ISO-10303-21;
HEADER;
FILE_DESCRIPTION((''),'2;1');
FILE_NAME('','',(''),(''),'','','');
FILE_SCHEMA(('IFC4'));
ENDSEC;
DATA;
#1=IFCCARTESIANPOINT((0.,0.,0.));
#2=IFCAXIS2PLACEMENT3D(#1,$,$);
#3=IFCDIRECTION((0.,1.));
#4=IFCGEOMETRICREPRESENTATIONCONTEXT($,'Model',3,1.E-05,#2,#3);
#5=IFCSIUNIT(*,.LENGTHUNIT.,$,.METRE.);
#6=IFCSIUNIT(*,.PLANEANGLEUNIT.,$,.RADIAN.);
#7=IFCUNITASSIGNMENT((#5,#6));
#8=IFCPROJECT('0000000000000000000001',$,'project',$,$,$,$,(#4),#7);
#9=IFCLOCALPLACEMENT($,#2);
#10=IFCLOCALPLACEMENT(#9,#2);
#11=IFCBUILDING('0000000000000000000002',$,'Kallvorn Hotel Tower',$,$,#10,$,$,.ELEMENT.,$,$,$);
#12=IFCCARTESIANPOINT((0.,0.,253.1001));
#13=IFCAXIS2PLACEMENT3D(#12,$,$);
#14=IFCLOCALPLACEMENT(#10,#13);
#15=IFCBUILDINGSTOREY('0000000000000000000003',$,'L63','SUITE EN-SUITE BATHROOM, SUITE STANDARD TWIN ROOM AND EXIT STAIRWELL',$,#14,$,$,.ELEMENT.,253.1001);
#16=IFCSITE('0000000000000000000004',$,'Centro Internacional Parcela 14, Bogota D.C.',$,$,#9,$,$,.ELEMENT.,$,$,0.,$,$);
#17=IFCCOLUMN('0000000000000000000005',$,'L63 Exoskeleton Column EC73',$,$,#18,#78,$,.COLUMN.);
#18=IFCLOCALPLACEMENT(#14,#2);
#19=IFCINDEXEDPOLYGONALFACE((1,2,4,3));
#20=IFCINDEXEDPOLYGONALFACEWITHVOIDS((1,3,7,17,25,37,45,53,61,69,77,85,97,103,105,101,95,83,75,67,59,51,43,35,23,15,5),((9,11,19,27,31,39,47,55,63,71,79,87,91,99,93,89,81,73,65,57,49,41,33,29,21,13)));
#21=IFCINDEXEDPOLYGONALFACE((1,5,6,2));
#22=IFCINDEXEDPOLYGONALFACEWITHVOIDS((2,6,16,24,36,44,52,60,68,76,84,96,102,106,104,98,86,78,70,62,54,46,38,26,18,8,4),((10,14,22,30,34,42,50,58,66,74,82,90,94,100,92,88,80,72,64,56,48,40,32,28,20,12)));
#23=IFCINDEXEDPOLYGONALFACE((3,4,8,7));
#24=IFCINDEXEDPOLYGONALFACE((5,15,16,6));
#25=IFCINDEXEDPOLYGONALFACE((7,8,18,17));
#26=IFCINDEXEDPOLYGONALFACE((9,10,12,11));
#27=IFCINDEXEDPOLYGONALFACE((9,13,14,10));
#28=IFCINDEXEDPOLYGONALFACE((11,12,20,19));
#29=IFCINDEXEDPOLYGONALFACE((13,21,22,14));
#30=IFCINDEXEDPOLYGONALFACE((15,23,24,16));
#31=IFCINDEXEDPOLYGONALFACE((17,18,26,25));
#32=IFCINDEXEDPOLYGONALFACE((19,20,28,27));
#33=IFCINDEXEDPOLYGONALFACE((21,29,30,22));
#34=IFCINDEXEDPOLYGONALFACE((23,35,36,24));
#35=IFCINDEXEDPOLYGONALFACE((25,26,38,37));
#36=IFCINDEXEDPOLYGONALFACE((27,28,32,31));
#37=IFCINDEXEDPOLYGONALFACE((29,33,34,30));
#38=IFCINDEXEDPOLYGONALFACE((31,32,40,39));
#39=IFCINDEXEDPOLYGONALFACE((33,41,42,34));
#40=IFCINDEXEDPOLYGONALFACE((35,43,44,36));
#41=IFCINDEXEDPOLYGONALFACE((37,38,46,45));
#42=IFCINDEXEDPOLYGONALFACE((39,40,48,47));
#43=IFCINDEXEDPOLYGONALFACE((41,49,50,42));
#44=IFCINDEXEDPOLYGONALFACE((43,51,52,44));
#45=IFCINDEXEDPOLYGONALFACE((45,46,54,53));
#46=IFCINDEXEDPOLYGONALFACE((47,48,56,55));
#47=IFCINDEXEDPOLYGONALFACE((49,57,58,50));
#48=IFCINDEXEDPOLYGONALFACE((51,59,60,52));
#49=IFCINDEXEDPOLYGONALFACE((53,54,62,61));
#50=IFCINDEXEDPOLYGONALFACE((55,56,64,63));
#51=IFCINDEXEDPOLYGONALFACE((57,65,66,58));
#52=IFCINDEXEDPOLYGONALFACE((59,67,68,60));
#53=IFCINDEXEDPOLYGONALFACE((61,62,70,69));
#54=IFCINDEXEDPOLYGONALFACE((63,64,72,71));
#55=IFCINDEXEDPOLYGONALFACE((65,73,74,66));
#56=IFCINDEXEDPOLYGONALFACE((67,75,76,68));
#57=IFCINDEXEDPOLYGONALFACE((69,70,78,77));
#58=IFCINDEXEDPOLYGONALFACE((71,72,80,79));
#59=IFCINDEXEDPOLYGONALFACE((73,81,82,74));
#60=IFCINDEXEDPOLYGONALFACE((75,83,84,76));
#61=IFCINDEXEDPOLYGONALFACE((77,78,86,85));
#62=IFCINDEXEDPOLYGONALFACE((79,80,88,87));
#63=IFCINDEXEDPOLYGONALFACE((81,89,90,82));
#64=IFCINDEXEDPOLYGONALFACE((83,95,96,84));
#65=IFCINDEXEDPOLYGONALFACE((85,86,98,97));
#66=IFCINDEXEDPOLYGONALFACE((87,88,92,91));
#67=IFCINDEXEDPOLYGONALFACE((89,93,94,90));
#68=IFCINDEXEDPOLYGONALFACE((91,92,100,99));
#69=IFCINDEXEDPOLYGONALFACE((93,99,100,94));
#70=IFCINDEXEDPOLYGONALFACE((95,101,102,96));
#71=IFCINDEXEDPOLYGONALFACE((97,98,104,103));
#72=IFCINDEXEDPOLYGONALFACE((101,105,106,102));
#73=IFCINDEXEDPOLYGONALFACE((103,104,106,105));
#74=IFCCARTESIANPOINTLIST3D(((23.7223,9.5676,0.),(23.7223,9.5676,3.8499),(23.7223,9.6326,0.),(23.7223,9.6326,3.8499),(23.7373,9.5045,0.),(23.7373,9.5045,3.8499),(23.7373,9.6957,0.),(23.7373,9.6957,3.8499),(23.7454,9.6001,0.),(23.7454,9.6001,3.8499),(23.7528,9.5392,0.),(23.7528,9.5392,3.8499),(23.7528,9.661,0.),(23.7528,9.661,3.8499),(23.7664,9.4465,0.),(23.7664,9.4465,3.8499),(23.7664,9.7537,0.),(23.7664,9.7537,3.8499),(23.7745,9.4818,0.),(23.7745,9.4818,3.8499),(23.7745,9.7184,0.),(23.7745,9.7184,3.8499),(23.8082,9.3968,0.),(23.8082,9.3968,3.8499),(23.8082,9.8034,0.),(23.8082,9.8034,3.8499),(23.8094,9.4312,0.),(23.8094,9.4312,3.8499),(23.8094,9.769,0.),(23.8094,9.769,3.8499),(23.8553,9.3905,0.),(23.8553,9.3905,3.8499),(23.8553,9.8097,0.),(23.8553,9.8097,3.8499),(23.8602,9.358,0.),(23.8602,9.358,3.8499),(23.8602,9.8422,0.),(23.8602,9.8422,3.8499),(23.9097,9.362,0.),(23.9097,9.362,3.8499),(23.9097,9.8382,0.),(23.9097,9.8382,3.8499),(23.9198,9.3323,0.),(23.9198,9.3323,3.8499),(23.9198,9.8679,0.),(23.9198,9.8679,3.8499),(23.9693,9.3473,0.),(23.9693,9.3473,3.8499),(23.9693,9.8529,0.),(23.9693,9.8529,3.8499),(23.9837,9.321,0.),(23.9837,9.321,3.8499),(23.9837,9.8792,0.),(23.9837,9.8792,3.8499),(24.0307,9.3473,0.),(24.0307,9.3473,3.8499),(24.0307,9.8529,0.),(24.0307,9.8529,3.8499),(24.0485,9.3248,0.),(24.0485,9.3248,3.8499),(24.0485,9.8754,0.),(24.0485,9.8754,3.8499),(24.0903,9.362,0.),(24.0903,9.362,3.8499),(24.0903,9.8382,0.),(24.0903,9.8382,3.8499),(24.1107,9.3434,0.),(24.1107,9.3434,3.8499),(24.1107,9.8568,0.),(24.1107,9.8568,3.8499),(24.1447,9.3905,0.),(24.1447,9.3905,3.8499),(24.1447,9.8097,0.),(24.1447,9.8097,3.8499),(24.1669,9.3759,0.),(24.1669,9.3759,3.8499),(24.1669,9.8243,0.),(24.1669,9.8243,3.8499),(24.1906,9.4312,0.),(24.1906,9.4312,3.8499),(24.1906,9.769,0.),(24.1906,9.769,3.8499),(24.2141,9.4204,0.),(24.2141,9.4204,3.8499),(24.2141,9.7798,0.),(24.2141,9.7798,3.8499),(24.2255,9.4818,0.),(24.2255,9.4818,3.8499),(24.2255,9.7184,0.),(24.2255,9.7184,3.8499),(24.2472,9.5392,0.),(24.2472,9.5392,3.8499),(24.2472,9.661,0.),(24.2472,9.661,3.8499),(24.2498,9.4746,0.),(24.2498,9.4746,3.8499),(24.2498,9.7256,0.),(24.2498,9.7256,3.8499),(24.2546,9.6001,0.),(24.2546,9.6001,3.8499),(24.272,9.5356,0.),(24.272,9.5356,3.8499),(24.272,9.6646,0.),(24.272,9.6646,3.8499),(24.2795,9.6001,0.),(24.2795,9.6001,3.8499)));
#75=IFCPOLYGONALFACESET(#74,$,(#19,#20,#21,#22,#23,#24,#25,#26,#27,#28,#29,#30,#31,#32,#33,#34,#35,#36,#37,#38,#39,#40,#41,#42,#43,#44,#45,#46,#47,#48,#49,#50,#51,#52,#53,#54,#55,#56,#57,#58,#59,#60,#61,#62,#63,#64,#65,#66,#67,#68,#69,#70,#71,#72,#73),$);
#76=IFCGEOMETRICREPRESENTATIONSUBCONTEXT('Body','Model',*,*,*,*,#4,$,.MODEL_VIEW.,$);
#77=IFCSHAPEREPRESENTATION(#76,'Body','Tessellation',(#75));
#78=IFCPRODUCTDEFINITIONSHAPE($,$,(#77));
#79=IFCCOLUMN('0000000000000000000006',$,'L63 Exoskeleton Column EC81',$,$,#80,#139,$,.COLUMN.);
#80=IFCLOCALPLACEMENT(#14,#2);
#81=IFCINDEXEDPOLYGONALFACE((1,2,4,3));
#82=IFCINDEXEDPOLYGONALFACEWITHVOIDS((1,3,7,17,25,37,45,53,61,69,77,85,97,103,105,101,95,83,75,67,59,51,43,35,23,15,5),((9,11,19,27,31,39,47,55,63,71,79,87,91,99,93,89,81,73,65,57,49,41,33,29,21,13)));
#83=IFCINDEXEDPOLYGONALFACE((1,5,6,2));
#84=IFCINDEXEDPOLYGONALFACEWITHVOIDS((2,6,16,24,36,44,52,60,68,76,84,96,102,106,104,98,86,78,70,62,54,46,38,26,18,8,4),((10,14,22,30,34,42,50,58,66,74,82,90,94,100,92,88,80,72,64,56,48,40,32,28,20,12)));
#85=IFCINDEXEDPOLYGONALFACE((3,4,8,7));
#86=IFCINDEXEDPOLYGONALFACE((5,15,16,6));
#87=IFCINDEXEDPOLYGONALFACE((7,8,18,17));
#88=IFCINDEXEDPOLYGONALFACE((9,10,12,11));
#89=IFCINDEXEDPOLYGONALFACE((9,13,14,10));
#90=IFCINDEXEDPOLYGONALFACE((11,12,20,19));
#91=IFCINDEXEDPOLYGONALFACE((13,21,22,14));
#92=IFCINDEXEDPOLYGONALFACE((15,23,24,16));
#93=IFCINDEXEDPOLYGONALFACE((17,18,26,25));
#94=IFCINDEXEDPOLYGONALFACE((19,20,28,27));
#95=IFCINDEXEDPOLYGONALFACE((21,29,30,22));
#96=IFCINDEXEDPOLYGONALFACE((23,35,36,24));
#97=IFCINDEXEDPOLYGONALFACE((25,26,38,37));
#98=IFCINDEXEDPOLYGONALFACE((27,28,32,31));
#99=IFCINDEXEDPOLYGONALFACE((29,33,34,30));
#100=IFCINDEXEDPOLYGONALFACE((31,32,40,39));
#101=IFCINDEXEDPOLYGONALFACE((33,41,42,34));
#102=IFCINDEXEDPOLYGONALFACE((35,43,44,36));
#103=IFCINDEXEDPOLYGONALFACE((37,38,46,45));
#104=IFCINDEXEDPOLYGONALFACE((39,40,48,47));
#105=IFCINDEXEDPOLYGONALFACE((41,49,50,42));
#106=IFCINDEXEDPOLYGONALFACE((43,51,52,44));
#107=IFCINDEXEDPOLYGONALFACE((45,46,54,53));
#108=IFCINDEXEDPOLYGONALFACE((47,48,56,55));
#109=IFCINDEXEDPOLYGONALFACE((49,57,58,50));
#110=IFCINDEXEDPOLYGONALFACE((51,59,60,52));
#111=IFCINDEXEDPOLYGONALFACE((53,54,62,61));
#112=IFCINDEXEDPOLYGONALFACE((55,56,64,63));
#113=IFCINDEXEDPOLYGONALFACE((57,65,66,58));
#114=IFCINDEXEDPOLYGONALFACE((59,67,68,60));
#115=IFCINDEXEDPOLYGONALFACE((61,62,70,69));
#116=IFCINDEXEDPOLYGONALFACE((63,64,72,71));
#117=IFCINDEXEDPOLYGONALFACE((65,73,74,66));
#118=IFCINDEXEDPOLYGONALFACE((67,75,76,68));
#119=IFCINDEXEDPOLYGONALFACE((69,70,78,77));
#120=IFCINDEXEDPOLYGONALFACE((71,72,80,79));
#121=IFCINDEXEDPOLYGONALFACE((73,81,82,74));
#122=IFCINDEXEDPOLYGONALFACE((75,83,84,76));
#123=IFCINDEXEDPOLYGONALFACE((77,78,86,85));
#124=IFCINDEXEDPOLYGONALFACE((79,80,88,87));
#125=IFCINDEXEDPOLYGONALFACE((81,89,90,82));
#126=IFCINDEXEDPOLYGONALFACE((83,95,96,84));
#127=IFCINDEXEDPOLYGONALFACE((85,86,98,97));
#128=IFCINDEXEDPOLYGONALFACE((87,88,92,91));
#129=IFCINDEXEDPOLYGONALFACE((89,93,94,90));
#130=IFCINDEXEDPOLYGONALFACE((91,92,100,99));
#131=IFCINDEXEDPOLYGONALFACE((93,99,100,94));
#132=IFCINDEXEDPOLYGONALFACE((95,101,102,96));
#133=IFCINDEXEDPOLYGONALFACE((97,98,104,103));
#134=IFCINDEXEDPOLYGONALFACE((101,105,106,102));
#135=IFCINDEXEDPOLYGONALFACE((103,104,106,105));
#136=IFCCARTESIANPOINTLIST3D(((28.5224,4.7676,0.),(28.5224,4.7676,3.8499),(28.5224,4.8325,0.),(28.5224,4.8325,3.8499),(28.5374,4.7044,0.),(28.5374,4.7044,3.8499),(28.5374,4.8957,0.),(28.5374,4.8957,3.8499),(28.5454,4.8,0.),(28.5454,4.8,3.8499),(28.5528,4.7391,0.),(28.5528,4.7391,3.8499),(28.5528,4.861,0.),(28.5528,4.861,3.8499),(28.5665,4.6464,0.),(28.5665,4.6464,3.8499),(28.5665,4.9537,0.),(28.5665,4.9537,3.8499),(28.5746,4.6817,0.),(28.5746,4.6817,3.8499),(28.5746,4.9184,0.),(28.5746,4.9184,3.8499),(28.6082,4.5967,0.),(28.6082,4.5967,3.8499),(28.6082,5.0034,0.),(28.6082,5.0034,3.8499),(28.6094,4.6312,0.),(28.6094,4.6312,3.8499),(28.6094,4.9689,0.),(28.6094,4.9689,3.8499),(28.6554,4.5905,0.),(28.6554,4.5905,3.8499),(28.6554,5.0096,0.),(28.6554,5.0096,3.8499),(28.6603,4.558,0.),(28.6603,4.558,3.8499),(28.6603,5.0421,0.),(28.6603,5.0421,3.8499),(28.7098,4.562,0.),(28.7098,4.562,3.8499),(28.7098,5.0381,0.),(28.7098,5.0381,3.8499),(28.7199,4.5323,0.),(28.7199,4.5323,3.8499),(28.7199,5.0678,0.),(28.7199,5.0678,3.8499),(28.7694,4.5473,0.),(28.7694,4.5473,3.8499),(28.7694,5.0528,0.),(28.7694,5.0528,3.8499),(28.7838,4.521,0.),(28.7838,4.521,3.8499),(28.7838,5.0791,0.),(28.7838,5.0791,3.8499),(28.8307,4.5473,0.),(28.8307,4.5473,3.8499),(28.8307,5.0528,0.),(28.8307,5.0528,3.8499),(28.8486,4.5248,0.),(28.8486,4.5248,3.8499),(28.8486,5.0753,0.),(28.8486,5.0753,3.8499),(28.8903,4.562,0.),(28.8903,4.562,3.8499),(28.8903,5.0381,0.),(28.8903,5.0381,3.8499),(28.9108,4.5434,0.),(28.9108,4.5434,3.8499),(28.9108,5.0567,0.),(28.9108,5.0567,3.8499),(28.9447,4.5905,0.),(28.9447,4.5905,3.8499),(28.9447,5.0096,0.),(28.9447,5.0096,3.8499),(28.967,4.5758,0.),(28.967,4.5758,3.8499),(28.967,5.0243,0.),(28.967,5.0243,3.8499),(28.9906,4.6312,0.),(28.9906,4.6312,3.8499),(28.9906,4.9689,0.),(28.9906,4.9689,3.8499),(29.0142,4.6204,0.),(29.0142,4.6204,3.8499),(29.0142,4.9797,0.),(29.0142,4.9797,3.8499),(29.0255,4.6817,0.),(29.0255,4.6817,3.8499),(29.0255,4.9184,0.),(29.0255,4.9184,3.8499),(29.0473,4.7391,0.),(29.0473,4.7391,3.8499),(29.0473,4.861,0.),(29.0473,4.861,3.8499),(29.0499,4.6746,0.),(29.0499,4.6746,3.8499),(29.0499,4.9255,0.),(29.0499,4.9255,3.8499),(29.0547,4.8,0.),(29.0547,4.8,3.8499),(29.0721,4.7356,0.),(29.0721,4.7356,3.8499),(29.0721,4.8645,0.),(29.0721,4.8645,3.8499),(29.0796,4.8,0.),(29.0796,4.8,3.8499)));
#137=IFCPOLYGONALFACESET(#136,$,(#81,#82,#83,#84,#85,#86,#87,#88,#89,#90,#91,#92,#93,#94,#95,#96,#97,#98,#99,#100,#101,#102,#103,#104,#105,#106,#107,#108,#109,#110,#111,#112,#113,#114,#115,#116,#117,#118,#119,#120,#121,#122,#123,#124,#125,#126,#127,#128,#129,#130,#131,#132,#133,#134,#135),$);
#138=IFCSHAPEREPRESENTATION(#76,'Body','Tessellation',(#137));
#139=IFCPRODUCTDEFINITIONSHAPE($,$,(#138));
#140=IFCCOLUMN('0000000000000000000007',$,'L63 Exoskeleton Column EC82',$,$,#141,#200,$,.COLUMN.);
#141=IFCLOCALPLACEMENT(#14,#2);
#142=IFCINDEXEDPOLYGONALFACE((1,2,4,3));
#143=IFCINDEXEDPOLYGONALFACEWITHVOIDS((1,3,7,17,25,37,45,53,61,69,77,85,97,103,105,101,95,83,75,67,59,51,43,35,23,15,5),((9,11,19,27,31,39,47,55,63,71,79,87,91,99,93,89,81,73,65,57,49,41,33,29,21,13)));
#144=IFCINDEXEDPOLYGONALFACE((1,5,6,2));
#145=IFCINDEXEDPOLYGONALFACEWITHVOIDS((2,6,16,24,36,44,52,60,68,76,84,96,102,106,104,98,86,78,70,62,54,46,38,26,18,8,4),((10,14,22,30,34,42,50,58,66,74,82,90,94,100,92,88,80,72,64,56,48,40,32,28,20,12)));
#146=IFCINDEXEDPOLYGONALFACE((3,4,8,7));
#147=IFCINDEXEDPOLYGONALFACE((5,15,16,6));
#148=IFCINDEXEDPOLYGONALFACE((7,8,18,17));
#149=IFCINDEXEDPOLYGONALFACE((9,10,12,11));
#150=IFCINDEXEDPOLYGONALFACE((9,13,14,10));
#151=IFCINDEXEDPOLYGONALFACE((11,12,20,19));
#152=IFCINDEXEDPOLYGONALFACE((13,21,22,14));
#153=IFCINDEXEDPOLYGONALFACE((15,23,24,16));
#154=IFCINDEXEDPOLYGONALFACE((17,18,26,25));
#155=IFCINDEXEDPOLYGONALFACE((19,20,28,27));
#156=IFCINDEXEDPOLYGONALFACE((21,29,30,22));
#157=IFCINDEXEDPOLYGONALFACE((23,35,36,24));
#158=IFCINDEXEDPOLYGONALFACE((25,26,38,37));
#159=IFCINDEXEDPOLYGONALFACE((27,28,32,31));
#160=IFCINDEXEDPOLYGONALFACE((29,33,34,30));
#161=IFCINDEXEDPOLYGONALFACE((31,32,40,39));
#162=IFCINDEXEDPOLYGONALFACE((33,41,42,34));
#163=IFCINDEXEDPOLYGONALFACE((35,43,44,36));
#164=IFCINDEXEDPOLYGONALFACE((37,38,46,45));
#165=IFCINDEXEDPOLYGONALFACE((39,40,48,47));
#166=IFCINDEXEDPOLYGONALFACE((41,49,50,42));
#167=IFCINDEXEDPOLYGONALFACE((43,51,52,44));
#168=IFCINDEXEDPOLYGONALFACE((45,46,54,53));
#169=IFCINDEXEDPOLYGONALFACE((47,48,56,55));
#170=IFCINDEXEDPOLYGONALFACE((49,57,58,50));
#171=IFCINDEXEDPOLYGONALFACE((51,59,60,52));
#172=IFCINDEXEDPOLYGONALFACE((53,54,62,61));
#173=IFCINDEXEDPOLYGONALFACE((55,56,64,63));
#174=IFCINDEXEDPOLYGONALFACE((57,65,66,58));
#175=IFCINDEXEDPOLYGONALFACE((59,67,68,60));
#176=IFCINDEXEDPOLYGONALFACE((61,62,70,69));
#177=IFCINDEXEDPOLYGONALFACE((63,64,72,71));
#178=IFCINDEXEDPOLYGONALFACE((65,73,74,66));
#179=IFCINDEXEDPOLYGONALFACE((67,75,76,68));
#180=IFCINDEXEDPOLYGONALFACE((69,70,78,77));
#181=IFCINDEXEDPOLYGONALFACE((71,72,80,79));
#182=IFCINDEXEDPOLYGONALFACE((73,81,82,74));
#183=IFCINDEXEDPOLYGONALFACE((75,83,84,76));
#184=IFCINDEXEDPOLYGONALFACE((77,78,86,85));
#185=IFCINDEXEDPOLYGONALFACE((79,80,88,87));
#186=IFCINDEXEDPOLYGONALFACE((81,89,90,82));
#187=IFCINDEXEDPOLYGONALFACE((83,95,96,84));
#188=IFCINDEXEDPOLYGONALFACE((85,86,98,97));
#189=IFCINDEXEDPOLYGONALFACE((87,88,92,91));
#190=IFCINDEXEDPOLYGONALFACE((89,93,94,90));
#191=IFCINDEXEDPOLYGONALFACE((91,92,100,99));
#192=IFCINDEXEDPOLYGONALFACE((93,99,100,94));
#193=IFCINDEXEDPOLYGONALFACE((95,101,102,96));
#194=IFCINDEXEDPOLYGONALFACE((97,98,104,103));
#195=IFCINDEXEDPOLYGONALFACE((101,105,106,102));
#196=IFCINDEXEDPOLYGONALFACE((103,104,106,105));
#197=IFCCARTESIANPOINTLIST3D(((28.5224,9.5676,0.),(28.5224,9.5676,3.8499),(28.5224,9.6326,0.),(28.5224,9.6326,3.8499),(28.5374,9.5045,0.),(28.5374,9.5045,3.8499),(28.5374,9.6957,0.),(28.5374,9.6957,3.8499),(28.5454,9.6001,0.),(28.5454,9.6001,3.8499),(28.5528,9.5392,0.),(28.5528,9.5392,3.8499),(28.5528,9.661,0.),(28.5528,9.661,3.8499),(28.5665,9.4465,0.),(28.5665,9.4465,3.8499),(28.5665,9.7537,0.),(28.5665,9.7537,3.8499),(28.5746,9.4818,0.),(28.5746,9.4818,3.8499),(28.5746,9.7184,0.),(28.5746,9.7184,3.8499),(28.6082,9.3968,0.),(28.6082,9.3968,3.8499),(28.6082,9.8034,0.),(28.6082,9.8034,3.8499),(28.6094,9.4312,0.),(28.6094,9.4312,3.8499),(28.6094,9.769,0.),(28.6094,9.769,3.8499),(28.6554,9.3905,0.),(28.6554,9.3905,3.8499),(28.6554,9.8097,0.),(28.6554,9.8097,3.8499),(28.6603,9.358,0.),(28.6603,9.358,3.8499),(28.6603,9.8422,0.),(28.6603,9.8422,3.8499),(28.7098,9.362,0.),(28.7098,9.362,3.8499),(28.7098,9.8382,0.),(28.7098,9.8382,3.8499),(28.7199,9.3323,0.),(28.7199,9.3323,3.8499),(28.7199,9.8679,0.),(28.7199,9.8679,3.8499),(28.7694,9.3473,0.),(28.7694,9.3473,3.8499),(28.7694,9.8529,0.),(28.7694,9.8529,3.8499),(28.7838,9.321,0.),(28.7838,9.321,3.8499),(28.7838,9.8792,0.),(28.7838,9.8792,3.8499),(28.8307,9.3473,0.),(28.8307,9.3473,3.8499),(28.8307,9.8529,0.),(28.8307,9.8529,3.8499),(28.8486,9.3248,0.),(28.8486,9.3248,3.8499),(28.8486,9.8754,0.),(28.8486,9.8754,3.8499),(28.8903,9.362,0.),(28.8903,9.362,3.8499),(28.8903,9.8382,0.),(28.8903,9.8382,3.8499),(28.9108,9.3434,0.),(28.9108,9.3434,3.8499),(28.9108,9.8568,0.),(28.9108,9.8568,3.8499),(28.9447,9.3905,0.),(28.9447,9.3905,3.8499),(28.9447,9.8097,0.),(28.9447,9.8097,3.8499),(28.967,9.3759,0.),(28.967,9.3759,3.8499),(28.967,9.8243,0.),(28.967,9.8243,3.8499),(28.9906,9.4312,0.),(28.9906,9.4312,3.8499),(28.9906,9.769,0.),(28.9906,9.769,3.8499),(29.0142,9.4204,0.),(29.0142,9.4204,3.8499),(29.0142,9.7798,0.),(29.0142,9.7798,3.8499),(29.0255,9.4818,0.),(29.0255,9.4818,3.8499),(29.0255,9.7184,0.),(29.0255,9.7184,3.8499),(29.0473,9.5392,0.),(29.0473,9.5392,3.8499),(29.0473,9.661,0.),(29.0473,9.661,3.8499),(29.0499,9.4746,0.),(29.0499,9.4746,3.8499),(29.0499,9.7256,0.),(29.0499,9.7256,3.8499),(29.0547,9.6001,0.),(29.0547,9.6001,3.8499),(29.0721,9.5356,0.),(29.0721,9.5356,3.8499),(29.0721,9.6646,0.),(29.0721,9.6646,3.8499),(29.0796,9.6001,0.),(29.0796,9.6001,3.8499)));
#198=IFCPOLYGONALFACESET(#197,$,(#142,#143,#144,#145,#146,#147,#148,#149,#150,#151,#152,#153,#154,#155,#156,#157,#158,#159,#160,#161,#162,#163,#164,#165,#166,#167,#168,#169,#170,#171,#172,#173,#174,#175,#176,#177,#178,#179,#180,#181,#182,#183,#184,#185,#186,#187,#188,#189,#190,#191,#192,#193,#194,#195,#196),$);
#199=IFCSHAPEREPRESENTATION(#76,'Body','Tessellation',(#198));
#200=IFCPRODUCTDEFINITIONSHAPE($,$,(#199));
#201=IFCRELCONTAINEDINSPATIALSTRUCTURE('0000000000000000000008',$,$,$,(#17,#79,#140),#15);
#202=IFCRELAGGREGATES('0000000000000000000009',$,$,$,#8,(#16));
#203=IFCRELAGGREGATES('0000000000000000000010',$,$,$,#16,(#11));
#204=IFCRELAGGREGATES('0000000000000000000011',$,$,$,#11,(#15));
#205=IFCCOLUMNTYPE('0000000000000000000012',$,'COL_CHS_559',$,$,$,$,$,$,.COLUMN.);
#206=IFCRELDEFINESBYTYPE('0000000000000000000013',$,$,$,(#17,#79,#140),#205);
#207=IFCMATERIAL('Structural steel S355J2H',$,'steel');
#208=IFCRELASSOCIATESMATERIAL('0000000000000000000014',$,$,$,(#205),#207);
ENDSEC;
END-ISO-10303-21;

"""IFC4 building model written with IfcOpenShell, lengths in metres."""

from ifc_helpers import new_model, si_unit, direction, frame, origin, origin_2d, place, context, subcontext, project, spatial, hollow_circle, extrude, material, material_profile, profile_set, type_object, element, save


model = new_model("IFC4")

# Units and contexts
model_context = context("Model", 3, precision=1e-05, world=origin(), true_north=direction((0.0, 1.0)))
body_context = subcontext(model_context, "Body", "Model", "MODEL_VIEW")
ifc_project = project(units=[si_unit("LENGTHUNIT", "METRE"), si_unit("PLANEANGLEUNIT", "RADIAN")], contexts=[model_context])

# Site, building, storey
site_placement = place(None, origin())
site = spatial("IfcSite", under=ifc_project, at=site_placement, Name="Centro Internacional Parcela 14, Bogota D.C.", CompositionType="ELEMENT", RefElevation=0.0)
building_placement = place(site_placement, origin())
building = spatial("IfcBuilding", under=site, at=building_placement, Name="Kallvorn Hotel Tower", CompositionType="ELEMENT")
storey_placement = place(building_placement, frame((0.0, 0.0, 253.1001)))
storey = spatial("IfcBuildingStorey", under=building, at=storey_placement, Name="L63", Description="SUITE EN-SUITE BATHROOM, SUITE STANDARD TWIN ROOM AND EXIT STAIRWELL", CompositionType="ELEMENT", Elevation=253.1001)

# Columns
ifc_material_1 = material(Name="Structural steel S355J2H", Category="steel")
ifc_material_profile_1 = material_profile(ifc_material_1, hollow_circle(Radius=0.2795, WallThickness=0.0249, at=origin_2d()), Name="CHS 559x25")
ifc_profile_set_1 = profile_set([ifc_material_profile_1], Name="Structural steel S355J2H")
column_type_1 = type_object("IfcColumnType", Name="COL_CHS_559", PredefinedType="COLUMN", material=ifc_profile_set_1)
for number, where, z_axis, x_axis, name in (
    (1, (24.0, 9.6001, 0.0), (0.0, 0.0, 1.0), (1.0, 0.0, 0.0), "L63 Exoskeleton Column EC73"),
    (2, (28.8, 4.8, 0.0), (0.0, 0.0, 1.0), (1.0, 0.0, 0.0), "L63 Exoskeleton Column EC81"),
    (3, (28.8, 9.6001, 0.0), (0.0, 0.0, 1.0), (1.0, 0.0, 0.0), "L63 Exoskeleton Column EC82"),
):
    element("IfcColumn", number, at=place(storey_placement, frame(where, z_axis=z_axis, x_axis=x_axis)), inside=storey, type_object=column_type_1, Name=name, PredefinedType="COLUMN", context=body_context, shape_type="SweptSolid", body=[
        extrude(hollow_circle(Radius=0.2795, WallThickness=0.0249, at=origin_2d()), origin(), (0.0, 0.0, 1.0), 3.8499),
    ])

save(model, "model.ifc")
